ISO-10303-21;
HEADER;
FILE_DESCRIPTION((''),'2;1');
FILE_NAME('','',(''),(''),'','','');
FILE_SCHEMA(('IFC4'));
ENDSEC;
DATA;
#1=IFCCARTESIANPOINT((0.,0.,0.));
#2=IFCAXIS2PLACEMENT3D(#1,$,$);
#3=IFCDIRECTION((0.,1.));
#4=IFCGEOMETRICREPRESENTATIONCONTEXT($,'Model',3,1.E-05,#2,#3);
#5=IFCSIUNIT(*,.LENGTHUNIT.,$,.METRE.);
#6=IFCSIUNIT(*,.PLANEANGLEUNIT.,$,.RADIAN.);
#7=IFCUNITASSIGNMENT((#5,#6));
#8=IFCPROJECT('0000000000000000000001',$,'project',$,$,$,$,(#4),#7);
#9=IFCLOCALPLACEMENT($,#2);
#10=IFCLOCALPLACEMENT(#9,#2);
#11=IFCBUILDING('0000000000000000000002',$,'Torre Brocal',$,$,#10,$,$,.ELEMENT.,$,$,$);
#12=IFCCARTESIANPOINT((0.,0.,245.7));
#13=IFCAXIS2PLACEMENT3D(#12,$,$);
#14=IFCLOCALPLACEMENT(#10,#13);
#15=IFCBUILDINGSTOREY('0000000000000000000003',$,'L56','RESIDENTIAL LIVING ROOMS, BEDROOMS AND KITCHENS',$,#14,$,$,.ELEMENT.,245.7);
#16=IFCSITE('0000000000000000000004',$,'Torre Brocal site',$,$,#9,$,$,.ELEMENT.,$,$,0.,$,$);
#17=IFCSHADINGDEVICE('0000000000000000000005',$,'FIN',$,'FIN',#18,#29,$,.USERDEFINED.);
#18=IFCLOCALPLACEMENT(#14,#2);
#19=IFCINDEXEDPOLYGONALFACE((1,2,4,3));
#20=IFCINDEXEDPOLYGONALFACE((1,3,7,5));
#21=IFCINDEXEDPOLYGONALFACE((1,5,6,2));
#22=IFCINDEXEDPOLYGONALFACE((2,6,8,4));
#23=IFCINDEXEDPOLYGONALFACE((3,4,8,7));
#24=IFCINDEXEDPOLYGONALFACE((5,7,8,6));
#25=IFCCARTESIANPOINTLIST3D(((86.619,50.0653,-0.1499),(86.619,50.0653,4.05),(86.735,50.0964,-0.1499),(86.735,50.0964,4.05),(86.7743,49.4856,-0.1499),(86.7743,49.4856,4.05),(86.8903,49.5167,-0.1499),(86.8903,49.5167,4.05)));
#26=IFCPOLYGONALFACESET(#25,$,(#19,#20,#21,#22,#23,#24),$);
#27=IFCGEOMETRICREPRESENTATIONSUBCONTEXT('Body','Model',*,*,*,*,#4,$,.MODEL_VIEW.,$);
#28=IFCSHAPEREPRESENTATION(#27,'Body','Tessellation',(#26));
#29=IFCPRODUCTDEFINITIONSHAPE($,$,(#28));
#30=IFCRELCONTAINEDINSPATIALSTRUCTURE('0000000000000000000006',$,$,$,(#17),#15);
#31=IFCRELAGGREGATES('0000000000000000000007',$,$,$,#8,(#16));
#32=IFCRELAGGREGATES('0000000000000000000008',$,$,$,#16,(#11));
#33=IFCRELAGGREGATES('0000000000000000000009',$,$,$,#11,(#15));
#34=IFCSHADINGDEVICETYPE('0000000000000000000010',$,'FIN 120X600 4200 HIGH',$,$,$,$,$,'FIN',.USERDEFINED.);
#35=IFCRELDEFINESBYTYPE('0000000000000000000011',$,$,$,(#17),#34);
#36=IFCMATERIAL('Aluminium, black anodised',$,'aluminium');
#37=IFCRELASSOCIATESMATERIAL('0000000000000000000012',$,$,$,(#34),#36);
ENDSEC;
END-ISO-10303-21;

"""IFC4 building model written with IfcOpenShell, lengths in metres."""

from ifc_helpers import new_model, si_unit, direction, frame, origin, origin_2d, place, context, subcontext, project, spatial, rectangle, extrude, material, material_profile, profile_set, type_object, element, save


model = new_model("IFC4")

# Units and contexts
model_context = context("Model", 3, precision=1e-05, world=origin(), true_north=direction((0.0, 1.0)))
body_context = subcontext(model_context, "Body", "Model", "MODEL_VIEW")
ifc_project = project(units=[si_unit("LENGTHUNIT", "METRE"), si_unit("PLANEANGLEUNIT", "RADIAN")], contexts=[model_context])

# Site, building, storey
site_placement = place(None, origin())
site = spatial("IfcSite", under=ifc_project, at=site_placement, Name="Torre Brocal site", CompositionType="ELEMENT", RefElevation=0.0)
building_placement = place(site_placement, origin())
building = spatial("IfcBuilding", under=site, at=building_placement, Name="Torre Brocal", CompositionType="ELEMENT")
storey_placement = place(building_placement, frame((0.0, 0.0, 245.7)))
storey = spatial("IfcBuildingStorey", under=building, at=storey_placement, Name="L56", Description="RESIDENTIAL LIVING ROOMS, BEDROOMS AND KITCHENS", CompositionType="ELEMENT", Elevation=245.7)

# Shading device
ifc_material_1 = material(Name="Aluminium, black anodised", Category="aluminium")
ifc_material_profile_1 = material_profile(ifc_material_1, rectangle(XDim=0.1201, YDim=0.6001, at=origin_2d()), Name="FIN 120X600 4200 HIGH")
ifc_profile_set_1 = profile_set([ifc_material_profile_1], Name="Aluminium, black anodised")
shading_device_type = type_object("IfcShadingDeviceType", Name="FIN 120X600 4200 HIGH", ElementType="FIN", PredefinedType="USERDEFINED", material=ifc_profile_set_1)
shading_device_placement = place(storey_placement, frame((86.7546, 49.791, -0.1499), z_axis=(0.0, 0.0, 1.0), x_axis=(0.965926, 0.258819, 0.0)))
element("IfcShadingDevice", 1, at=shading_device_placement, inside=storey, type_object=shading_device_type, Name="FIN", ObjectType="FIN", PredefinedType="USERDEFINED", context=body_context, shape_type="SweptSolid", body=[
    extrude(rectangle(XDim=0.1201, YDim=0.6001, at=origin_2d()), origin(), (0.0, 0.0, 1.0), 4.2),
])

save(model, "model.ifc")
